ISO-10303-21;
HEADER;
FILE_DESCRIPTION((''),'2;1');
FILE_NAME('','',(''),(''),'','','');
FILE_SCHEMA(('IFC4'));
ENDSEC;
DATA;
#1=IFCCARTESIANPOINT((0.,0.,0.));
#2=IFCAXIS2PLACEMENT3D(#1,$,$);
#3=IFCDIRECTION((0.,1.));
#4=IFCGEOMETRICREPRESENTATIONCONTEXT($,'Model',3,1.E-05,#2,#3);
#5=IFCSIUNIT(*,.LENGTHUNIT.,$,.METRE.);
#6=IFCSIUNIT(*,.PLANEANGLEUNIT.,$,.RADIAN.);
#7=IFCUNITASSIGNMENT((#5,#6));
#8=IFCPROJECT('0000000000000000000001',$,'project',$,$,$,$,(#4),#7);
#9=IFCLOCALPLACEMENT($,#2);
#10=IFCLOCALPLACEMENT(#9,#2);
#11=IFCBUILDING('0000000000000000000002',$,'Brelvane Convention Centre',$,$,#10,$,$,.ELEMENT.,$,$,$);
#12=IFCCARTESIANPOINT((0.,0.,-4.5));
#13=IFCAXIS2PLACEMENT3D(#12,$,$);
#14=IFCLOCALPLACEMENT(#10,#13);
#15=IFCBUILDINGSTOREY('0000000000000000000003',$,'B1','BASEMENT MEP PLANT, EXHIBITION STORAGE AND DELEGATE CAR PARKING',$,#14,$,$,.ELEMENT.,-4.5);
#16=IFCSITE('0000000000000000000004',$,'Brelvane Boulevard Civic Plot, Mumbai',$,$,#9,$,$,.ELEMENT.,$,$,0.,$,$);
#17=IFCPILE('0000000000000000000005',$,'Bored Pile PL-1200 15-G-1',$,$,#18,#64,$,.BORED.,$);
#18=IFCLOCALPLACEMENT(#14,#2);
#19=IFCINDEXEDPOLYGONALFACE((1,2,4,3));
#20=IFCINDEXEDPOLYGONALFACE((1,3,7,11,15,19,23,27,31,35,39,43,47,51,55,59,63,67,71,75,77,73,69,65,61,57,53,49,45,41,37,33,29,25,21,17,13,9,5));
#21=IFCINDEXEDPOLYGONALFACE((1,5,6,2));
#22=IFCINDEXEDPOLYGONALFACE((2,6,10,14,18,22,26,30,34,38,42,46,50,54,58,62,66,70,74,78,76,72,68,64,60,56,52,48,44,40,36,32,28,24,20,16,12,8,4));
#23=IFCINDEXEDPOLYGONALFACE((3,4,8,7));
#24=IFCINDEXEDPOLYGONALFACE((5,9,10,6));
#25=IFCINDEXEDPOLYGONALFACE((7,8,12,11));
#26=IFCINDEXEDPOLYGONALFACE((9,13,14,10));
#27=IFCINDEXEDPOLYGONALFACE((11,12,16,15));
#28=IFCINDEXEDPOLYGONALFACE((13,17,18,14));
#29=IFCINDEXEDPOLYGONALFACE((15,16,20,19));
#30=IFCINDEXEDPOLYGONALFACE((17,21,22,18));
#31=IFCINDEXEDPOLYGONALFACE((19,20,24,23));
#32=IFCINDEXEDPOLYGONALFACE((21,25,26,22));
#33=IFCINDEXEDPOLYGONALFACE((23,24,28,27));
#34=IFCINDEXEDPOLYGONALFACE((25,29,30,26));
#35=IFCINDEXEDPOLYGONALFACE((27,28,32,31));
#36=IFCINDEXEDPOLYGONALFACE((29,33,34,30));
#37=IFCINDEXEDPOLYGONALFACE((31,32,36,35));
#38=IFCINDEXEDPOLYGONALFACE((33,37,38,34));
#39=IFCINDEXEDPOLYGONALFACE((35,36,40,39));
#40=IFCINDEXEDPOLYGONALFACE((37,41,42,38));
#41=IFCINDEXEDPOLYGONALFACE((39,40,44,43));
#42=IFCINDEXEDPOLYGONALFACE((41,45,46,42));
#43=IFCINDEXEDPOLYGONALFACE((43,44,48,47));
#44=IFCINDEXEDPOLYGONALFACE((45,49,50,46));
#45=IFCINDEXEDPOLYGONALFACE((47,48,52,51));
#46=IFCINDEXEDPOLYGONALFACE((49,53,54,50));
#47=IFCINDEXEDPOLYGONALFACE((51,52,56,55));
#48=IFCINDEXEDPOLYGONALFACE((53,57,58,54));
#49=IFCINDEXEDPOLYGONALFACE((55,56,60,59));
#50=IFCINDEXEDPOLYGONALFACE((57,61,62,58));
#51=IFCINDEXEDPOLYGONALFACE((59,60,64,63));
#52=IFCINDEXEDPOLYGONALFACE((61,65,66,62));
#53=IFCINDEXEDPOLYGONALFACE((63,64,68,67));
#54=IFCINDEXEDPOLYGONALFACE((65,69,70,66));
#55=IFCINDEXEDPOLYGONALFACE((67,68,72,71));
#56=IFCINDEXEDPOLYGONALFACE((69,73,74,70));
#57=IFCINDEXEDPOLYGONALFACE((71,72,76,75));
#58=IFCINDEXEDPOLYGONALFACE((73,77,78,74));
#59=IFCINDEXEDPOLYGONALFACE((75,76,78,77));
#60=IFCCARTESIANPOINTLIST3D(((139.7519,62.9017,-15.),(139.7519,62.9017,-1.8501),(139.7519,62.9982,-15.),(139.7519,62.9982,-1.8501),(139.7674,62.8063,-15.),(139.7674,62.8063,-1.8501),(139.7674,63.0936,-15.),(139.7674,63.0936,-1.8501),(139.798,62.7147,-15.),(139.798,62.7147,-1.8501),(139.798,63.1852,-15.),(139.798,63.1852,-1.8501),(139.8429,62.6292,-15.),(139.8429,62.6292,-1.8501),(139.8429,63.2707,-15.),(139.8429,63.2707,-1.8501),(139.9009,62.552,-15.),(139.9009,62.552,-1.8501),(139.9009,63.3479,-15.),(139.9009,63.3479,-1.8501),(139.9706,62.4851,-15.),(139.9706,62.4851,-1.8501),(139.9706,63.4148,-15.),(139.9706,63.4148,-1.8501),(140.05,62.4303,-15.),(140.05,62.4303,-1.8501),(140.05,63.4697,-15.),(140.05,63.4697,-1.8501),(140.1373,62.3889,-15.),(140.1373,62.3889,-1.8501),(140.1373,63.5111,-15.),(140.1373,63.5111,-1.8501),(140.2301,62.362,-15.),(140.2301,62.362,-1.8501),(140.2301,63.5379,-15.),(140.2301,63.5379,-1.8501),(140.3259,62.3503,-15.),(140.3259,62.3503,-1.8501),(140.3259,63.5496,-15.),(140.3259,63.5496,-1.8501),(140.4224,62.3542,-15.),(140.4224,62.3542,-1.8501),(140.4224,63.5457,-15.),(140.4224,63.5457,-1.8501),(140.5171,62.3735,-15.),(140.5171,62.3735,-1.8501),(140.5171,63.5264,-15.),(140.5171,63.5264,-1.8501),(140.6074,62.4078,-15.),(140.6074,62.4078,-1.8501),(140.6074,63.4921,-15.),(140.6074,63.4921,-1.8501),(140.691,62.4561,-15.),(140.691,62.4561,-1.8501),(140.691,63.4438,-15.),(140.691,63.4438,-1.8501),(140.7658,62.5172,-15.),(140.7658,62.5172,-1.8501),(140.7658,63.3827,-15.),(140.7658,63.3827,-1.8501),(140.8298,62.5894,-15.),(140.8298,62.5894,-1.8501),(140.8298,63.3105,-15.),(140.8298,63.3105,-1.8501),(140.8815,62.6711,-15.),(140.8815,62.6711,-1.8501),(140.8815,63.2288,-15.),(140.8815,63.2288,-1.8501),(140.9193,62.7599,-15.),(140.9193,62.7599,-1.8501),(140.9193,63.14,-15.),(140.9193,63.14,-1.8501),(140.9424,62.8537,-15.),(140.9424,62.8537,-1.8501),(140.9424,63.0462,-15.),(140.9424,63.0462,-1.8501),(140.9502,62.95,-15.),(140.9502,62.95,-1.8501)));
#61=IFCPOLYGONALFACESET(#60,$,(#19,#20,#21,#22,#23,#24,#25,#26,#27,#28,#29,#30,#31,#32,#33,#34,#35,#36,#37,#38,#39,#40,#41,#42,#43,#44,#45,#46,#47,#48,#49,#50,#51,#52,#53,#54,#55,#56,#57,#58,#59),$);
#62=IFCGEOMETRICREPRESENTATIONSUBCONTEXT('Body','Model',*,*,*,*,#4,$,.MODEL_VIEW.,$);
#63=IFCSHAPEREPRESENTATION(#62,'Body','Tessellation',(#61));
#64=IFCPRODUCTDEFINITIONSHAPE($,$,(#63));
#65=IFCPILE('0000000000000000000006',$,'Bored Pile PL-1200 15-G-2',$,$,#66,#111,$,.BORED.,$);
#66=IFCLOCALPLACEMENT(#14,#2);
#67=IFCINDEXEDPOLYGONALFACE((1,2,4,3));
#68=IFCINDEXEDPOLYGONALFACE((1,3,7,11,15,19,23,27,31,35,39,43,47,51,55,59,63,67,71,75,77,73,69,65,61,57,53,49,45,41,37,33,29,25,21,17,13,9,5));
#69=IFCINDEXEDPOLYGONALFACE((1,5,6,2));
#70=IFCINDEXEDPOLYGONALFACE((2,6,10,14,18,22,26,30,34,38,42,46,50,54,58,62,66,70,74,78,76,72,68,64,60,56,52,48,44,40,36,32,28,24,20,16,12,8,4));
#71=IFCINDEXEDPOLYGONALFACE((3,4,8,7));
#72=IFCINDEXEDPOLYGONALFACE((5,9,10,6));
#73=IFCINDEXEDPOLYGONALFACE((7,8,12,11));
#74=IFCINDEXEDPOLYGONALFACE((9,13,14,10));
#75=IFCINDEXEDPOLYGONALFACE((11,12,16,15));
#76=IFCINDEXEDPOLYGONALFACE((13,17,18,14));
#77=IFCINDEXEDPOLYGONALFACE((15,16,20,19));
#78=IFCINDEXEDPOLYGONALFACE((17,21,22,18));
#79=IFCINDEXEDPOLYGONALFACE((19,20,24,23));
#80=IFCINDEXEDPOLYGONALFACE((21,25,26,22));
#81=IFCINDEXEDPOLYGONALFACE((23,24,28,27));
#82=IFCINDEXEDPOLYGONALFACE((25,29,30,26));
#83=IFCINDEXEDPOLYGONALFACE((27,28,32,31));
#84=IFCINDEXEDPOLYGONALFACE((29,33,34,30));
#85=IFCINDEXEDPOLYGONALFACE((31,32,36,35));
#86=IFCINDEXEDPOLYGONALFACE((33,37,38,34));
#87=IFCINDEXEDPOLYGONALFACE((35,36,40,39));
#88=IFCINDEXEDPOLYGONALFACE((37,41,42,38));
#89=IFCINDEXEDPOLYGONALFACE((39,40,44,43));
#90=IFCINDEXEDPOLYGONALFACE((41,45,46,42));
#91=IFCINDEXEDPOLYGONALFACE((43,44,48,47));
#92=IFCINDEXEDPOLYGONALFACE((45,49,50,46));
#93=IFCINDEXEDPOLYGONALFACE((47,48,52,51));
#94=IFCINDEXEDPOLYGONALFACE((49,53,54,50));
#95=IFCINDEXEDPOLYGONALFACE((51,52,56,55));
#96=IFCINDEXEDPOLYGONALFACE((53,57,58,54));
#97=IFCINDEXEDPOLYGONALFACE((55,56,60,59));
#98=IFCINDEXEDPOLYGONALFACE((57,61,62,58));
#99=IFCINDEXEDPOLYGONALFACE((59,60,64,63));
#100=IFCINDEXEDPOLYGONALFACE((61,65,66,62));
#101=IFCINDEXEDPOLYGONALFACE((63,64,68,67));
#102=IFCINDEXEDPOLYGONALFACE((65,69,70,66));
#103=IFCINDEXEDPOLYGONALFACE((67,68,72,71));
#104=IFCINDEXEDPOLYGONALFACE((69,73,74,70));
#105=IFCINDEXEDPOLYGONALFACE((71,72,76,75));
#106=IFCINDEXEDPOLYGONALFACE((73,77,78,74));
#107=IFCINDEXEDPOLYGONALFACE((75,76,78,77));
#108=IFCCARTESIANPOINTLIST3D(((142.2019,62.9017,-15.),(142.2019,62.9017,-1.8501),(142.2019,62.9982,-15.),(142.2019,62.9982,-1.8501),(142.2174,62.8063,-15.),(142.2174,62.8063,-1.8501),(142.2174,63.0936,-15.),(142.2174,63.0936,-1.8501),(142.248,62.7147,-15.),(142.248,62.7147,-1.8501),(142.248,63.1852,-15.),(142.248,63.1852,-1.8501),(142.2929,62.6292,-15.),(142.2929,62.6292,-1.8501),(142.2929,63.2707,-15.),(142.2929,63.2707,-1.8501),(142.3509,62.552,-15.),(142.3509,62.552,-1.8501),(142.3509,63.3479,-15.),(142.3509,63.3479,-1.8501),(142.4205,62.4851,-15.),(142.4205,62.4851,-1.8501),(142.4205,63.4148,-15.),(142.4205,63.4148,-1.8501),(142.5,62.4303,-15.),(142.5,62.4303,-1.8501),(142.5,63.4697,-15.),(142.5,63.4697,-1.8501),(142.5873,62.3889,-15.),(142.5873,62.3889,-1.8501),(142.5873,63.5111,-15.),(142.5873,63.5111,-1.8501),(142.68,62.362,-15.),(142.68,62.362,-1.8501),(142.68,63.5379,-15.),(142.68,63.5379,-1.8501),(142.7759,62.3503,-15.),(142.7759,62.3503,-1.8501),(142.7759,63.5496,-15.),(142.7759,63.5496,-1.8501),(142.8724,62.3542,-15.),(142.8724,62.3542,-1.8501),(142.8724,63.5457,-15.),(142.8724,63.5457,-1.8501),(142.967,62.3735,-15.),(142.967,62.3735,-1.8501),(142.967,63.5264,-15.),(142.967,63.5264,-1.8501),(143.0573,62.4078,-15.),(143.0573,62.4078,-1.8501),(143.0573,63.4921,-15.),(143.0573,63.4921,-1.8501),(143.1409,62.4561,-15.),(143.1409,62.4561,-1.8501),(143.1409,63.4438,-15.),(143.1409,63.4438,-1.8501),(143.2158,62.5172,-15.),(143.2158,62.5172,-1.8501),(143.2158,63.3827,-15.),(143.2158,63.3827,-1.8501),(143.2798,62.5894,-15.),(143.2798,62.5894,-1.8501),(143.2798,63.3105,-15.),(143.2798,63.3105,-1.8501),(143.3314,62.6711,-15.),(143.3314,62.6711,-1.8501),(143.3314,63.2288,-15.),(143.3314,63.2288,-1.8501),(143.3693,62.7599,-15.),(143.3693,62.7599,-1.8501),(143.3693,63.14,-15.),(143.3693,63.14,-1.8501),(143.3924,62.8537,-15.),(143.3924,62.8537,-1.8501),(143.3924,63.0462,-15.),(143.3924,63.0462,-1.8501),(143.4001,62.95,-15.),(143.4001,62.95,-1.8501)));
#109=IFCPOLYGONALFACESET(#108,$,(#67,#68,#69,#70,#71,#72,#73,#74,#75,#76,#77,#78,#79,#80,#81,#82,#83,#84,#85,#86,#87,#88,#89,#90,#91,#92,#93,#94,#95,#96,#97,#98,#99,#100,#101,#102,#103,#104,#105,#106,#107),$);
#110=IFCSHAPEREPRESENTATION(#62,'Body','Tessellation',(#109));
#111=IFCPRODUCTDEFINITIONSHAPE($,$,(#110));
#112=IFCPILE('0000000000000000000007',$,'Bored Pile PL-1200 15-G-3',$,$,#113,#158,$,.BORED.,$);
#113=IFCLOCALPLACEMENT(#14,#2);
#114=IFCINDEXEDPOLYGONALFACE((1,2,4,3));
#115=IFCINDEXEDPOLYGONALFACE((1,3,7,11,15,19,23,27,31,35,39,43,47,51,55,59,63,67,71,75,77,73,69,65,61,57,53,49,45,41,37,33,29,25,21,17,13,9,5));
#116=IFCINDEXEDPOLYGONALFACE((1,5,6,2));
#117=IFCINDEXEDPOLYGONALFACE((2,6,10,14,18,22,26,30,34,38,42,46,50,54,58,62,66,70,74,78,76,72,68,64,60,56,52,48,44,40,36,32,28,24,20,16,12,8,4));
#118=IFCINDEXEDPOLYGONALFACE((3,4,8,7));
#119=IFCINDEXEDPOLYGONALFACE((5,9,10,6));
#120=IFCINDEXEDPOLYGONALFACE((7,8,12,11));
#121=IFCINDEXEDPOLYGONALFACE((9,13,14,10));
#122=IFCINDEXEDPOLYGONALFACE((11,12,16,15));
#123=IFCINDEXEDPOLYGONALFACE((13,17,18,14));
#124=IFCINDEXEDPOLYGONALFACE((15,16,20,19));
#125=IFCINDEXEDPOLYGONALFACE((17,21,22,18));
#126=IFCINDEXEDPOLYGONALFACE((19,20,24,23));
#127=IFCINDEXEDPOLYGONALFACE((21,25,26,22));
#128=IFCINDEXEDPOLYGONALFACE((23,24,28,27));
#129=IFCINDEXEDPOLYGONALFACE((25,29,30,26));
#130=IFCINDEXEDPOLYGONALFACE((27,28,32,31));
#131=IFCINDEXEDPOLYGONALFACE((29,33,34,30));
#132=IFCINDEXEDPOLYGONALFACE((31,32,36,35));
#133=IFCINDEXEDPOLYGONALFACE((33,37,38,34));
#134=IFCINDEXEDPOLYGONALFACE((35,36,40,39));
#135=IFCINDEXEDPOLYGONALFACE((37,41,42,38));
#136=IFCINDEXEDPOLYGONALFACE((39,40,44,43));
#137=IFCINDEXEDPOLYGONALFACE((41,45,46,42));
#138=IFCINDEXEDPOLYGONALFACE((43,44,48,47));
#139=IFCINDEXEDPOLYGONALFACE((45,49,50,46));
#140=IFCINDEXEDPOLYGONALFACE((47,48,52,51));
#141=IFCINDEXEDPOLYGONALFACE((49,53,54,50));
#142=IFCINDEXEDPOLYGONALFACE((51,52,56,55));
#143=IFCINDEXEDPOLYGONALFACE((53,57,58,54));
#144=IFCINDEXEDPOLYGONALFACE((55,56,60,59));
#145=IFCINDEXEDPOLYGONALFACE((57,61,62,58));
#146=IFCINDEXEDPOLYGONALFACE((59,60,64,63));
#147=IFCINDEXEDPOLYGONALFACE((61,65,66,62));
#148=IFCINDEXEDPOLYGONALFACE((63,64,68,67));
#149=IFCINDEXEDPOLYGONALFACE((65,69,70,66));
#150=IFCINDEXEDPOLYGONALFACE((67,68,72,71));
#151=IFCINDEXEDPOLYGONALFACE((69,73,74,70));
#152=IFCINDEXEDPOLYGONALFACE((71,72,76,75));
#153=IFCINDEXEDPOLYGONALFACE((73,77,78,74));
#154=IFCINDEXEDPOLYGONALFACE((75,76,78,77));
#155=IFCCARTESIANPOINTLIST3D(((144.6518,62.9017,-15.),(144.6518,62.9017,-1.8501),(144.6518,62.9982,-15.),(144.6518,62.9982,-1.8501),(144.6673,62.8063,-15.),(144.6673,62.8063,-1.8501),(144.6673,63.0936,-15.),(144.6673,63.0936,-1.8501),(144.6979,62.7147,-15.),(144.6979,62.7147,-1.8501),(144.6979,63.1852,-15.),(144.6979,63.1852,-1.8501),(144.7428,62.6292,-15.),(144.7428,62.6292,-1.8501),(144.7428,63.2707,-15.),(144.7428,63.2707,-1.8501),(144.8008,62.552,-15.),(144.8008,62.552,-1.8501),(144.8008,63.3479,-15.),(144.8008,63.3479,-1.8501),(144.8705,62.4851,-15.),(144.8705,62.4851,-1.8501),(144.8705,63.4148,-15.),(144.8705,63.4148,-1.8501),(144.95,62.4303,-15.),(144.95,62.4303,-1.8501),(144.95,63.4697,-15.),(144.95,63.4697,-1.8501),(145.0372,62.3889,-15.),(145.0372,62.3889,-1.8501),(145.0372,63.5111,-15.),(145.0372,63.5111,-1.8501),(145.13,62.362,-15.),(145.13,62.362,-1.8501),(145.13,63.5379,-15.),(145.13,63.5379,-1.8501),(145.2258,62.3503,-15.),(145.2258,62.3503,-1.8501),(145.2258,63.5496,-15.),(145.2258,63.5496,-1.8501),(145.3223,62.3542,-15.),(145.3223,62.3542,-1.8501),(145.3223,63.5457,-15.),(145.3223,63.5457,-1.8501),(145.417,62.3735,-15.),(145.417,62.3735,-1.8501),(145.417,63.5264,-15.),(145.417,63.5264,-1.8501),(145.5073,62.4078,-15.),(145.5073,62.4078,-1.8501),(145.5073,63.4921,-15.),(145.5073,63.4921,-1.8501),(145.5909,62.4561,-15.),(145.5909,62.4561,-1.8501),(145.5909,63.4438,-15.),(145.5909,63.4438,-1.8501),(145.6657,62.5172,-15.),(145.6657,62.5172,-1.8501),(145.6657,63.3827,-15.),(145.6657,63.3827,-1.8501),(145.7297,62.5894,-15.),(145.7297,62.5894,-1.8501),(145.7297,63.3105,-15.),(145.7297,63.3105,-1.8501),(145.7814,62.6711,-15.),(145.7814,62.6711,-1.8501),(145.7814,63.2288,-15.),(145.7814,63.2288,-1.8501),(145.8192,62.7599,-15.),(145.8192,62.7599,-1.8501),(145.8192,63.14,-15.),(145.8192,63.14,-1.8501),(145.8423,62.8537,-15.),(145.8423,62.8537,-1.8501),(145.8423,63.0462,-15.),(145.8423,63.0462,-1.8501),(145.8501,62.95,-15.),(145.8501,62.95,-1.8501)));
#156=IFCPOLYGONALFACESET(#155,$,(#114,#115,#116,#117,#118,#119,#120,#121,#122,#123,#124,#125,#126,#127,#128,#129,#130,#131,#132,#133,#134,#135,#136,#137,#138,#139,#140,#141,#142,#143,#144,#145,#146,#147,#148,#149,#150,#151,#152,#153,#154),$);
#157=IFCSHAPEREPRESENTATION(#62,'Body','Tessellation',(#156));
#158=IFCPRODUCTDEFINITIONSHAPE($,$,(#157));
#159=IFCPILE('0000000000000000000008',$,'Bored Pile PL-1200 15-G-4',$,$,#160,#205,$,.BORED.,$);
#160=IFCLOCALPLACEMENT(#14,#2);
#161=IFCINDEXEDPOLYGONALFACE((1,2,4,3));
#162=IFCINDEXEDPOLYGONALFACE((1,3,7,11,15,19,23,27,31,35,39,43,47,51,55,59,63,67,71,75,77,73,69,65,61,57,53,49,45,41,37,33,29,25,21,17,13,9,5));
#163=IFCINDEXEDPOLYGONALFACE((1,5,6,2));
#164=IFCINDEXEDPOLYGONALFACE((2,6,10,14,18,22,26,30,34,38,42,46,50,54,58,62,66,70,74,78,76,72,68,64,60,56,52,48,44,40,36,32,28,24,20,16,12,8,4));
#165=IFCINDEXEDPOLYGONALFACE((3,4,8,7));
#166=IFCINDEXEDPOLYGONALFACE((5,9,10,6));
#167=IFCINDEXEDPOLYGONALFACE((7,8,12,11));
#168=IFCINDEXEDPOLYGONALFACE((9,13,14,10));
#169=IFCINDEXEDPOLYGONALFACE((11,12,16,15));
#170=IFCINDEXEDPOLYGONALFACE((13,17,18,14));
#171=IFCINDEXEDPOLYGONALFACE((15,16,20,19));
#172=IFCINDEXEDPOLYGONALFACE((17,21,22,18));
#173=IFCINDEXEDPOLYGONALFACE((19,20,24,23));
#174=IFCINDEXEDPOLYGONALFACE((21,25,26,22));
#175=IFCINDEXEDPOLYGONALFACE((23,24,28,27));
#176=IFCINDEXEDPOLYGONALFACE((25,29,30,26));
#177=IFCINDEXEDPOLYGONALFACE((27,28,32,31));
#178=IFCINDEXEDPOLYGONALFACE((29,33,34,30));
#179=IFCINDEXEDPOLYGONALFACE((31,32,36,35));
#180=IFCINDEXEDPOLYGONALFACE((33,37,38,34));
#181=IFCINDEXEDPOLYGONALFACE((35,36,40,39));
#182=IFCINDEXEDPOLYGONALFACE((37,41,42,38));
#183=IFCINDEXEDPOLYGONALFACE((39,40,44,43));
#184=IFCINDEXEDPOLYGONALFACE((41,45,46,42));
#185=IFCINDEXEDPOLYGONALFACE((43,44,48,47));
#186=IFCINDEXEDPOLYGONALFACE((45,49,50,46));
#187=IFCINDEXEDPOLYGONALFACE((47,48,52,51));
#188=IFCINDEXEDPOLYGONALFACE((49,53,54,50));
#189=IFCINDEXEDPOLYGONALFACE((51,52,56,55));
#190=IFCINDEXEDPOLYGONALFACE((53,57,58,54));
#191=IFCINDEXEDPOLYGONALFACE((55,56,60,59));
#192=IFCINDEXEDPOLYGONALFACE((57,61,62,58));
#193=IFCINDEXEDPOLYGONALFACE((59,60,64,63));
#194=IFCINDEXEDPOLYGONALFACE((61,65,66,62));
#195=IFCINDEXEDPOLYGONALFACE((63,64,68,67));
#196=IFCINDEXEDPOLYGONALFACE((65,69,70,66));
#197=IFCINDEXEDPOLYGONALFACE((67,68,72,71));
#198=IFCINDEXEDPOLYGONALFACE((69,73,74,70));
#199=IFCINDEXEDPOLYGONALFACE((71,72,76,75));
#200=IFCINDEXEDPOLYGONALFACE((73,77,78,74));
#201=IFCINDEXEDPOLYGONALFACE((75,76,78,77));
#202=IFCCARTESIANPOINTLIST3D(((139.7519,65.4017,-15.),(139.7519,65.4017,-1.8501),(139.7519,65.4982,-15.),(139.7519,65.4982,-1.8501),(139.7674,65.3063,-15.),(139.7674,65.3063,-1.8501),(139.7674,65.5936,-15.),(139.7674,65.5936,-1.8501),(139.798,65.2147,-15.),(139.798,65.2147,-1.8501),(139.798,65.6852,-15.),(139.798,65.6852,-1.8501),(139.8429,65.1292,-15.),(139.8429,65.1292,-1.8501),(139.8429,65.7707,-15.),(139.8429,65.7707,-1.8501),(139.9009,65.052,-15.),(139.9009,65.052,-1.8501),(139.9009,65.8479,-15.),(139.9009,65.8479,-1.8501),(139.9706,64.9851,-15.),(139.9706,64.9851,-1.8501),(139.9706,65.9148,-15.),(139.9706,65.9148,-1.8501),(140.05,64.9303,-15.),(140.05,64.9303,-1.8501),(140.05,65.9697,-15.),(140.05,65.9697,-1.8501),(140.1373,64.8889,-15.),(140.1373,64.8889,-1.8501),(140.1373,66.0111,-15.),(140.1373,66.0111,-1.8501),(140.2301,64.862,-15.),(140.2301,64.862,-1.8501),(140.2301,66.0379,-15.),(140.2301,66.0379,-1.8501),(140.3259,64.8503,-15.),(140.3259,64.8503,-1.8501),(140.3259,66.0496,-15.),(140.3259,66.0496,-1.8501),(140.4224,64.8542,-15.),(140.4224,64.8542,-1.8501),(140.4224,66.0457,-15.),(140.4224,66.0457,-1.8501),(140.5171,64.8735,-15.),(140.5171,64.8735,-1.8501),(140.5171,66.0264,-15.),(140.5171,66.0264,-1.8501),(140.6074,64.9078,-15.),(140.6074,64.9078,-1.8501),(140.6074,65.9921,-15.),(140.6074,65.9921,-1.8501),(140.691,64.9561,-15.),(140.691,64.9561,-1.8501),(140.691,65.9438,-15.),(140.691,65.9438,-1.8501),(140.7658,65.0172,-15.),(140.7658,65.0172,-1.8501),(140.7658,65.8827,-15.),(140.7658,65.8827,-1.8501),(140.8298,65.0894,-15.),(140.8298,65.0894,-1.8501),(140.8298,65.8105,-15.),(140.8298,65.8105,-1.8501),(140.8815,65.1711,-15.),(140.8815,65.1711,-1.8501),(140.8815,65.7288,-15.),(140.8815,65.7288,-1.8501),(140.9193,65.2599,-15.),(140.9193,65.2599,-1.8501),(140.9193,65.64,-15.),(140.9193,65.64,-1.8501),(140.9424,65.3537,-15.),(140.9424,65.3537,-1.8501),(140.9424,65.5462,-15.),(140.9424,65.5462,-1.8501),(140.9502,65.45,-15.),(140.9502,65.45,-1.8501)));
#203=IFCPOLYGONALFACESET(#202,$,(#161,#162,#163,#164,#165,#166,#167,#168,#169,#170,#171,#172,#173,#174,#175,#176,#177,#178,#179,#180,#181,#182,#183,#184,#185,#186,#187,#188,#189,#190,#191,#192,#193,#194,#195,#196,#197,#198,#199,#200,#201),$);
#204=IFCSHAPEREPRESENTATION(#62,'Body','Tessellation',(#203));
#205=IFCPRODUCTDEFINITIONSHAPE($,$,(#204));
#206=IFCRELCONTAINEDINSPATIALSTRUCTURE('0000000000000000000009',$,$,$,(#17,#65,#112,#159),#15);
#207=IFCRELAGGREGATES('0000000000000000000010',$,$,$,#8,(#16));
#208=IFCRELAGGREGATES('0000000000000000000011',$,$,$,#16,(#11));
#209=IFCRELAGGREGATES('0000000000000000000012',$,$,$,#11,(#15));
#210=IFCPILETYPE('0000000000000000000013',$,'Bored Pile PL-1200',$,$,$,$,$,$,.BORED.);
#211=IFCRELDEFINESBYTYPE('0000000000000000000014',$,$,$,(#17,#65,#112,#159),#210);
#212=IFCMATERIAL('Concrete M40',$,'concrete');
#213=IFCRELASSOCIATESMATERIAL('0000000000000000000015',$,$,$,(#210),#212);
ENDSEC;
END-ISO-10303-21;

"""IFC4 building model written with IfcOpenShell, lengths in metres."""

from ifc_helpers import new_model, si_unit, direction, frame, origin, origin_2d, place, context, subcontext, project, spatial, circle, extrude, material, material_profile, profile_set, type_object, element, save


model = new_model("IFC4")

# Units and contexts
model_context = context("Model", 3, precision=1e-05, world=origin(), true_north=direction((0.0, 1.0)))
body_context = subcontext(model_context, "Body", "Model", "MODEL_VIEW")
ifc_project = project(units=[si_unit("LENGTHUNIT", "METRE"), si_unit("PLANEANGLEUNIT", "RADIAN")], contexts=[model_context])

# Site, building, storey
site_placement = place(None, origin())
site = spatial("IfcSite", under=ifc_project, at=site_placement, Name="Brelvane Boulevard Civic Plot, Mumbai", CompositionType="ELEMENT", RefElevation=0.0)
building_placement = place(site_placement, origin())
building = spatial("IfcBuilding", under=site, at=building_placement, Name="Brelvane Convention Centre", CompositionType="ELEMENT")
storey_placement = place(building_placement, frame((0.0, 0.0, -4.5)))
storey = spatial("IfcBuildingStorey", under=building, at=storey_placement, Name="B1", Description="BASEMENT MEP PLANT, EXHIBITION STORAGE AND DELEGATE CAR PARKING", CompositionType="ELEMENT", Elevation=-4.5)

# Piles
ifc_material_1 = material(Name="Concrete M40", Category="concrete")
ifc_material_profile_1 = material_profile(ifc_material_1, circle(Radius=0.6001, at=origin_2d()), Name="PILE D1200")
ifc_profile_set_1 = profile_set([ifc_material_profile_1], Name="Concrete M40")
pile_type = type_object("IfcPileType", Name="Bored Pile PL-1200", PredefinedType="BORED", material=ifc_profile_set_1)
for number, where, z_axis, x_axis, name in (
    (1, (140.3501, 62.95, -1.8501), (0.0, 0.0, -1.0), (1.0, 0.0, 0.0), "Bored Pile PL-1200 15-G-1"),
    (2, (142.8, 62.95, -1.8501), (0.0, 0.0, -1.0), (1.0, 0.0, 0.0), "Bored Pile PL-1200 15-G-2"),
    (3, (145.25, 62.95, -1.8501), (0.0, 0.0, -1.0), (1.0, 0.0, 0.0), "Bored Pile PL-1200 15-G-3"),
    (4, (140.3501, 65.45, -1.8501), (0.0, 0.0, -1.0), (1.0, 0.0, 0.0), "Bored Pile PL-1200 15-G-4"),
):
    element("IfcPile", number, at=place(storey_placement, frame(where, z_axis=z_axis, x_axis=x_axis)), inside=storey, type_object=pile_type, Name=name, PredefinedType="BORED", context=body_context, shape_type="SweptSolid", body=[
        extrude(circle(Radius=0.6001, at=origin_2d()), origin(), (0.0, 0.0, 1.0), 13.1499),
    ])

save(model, "model.ifc")
